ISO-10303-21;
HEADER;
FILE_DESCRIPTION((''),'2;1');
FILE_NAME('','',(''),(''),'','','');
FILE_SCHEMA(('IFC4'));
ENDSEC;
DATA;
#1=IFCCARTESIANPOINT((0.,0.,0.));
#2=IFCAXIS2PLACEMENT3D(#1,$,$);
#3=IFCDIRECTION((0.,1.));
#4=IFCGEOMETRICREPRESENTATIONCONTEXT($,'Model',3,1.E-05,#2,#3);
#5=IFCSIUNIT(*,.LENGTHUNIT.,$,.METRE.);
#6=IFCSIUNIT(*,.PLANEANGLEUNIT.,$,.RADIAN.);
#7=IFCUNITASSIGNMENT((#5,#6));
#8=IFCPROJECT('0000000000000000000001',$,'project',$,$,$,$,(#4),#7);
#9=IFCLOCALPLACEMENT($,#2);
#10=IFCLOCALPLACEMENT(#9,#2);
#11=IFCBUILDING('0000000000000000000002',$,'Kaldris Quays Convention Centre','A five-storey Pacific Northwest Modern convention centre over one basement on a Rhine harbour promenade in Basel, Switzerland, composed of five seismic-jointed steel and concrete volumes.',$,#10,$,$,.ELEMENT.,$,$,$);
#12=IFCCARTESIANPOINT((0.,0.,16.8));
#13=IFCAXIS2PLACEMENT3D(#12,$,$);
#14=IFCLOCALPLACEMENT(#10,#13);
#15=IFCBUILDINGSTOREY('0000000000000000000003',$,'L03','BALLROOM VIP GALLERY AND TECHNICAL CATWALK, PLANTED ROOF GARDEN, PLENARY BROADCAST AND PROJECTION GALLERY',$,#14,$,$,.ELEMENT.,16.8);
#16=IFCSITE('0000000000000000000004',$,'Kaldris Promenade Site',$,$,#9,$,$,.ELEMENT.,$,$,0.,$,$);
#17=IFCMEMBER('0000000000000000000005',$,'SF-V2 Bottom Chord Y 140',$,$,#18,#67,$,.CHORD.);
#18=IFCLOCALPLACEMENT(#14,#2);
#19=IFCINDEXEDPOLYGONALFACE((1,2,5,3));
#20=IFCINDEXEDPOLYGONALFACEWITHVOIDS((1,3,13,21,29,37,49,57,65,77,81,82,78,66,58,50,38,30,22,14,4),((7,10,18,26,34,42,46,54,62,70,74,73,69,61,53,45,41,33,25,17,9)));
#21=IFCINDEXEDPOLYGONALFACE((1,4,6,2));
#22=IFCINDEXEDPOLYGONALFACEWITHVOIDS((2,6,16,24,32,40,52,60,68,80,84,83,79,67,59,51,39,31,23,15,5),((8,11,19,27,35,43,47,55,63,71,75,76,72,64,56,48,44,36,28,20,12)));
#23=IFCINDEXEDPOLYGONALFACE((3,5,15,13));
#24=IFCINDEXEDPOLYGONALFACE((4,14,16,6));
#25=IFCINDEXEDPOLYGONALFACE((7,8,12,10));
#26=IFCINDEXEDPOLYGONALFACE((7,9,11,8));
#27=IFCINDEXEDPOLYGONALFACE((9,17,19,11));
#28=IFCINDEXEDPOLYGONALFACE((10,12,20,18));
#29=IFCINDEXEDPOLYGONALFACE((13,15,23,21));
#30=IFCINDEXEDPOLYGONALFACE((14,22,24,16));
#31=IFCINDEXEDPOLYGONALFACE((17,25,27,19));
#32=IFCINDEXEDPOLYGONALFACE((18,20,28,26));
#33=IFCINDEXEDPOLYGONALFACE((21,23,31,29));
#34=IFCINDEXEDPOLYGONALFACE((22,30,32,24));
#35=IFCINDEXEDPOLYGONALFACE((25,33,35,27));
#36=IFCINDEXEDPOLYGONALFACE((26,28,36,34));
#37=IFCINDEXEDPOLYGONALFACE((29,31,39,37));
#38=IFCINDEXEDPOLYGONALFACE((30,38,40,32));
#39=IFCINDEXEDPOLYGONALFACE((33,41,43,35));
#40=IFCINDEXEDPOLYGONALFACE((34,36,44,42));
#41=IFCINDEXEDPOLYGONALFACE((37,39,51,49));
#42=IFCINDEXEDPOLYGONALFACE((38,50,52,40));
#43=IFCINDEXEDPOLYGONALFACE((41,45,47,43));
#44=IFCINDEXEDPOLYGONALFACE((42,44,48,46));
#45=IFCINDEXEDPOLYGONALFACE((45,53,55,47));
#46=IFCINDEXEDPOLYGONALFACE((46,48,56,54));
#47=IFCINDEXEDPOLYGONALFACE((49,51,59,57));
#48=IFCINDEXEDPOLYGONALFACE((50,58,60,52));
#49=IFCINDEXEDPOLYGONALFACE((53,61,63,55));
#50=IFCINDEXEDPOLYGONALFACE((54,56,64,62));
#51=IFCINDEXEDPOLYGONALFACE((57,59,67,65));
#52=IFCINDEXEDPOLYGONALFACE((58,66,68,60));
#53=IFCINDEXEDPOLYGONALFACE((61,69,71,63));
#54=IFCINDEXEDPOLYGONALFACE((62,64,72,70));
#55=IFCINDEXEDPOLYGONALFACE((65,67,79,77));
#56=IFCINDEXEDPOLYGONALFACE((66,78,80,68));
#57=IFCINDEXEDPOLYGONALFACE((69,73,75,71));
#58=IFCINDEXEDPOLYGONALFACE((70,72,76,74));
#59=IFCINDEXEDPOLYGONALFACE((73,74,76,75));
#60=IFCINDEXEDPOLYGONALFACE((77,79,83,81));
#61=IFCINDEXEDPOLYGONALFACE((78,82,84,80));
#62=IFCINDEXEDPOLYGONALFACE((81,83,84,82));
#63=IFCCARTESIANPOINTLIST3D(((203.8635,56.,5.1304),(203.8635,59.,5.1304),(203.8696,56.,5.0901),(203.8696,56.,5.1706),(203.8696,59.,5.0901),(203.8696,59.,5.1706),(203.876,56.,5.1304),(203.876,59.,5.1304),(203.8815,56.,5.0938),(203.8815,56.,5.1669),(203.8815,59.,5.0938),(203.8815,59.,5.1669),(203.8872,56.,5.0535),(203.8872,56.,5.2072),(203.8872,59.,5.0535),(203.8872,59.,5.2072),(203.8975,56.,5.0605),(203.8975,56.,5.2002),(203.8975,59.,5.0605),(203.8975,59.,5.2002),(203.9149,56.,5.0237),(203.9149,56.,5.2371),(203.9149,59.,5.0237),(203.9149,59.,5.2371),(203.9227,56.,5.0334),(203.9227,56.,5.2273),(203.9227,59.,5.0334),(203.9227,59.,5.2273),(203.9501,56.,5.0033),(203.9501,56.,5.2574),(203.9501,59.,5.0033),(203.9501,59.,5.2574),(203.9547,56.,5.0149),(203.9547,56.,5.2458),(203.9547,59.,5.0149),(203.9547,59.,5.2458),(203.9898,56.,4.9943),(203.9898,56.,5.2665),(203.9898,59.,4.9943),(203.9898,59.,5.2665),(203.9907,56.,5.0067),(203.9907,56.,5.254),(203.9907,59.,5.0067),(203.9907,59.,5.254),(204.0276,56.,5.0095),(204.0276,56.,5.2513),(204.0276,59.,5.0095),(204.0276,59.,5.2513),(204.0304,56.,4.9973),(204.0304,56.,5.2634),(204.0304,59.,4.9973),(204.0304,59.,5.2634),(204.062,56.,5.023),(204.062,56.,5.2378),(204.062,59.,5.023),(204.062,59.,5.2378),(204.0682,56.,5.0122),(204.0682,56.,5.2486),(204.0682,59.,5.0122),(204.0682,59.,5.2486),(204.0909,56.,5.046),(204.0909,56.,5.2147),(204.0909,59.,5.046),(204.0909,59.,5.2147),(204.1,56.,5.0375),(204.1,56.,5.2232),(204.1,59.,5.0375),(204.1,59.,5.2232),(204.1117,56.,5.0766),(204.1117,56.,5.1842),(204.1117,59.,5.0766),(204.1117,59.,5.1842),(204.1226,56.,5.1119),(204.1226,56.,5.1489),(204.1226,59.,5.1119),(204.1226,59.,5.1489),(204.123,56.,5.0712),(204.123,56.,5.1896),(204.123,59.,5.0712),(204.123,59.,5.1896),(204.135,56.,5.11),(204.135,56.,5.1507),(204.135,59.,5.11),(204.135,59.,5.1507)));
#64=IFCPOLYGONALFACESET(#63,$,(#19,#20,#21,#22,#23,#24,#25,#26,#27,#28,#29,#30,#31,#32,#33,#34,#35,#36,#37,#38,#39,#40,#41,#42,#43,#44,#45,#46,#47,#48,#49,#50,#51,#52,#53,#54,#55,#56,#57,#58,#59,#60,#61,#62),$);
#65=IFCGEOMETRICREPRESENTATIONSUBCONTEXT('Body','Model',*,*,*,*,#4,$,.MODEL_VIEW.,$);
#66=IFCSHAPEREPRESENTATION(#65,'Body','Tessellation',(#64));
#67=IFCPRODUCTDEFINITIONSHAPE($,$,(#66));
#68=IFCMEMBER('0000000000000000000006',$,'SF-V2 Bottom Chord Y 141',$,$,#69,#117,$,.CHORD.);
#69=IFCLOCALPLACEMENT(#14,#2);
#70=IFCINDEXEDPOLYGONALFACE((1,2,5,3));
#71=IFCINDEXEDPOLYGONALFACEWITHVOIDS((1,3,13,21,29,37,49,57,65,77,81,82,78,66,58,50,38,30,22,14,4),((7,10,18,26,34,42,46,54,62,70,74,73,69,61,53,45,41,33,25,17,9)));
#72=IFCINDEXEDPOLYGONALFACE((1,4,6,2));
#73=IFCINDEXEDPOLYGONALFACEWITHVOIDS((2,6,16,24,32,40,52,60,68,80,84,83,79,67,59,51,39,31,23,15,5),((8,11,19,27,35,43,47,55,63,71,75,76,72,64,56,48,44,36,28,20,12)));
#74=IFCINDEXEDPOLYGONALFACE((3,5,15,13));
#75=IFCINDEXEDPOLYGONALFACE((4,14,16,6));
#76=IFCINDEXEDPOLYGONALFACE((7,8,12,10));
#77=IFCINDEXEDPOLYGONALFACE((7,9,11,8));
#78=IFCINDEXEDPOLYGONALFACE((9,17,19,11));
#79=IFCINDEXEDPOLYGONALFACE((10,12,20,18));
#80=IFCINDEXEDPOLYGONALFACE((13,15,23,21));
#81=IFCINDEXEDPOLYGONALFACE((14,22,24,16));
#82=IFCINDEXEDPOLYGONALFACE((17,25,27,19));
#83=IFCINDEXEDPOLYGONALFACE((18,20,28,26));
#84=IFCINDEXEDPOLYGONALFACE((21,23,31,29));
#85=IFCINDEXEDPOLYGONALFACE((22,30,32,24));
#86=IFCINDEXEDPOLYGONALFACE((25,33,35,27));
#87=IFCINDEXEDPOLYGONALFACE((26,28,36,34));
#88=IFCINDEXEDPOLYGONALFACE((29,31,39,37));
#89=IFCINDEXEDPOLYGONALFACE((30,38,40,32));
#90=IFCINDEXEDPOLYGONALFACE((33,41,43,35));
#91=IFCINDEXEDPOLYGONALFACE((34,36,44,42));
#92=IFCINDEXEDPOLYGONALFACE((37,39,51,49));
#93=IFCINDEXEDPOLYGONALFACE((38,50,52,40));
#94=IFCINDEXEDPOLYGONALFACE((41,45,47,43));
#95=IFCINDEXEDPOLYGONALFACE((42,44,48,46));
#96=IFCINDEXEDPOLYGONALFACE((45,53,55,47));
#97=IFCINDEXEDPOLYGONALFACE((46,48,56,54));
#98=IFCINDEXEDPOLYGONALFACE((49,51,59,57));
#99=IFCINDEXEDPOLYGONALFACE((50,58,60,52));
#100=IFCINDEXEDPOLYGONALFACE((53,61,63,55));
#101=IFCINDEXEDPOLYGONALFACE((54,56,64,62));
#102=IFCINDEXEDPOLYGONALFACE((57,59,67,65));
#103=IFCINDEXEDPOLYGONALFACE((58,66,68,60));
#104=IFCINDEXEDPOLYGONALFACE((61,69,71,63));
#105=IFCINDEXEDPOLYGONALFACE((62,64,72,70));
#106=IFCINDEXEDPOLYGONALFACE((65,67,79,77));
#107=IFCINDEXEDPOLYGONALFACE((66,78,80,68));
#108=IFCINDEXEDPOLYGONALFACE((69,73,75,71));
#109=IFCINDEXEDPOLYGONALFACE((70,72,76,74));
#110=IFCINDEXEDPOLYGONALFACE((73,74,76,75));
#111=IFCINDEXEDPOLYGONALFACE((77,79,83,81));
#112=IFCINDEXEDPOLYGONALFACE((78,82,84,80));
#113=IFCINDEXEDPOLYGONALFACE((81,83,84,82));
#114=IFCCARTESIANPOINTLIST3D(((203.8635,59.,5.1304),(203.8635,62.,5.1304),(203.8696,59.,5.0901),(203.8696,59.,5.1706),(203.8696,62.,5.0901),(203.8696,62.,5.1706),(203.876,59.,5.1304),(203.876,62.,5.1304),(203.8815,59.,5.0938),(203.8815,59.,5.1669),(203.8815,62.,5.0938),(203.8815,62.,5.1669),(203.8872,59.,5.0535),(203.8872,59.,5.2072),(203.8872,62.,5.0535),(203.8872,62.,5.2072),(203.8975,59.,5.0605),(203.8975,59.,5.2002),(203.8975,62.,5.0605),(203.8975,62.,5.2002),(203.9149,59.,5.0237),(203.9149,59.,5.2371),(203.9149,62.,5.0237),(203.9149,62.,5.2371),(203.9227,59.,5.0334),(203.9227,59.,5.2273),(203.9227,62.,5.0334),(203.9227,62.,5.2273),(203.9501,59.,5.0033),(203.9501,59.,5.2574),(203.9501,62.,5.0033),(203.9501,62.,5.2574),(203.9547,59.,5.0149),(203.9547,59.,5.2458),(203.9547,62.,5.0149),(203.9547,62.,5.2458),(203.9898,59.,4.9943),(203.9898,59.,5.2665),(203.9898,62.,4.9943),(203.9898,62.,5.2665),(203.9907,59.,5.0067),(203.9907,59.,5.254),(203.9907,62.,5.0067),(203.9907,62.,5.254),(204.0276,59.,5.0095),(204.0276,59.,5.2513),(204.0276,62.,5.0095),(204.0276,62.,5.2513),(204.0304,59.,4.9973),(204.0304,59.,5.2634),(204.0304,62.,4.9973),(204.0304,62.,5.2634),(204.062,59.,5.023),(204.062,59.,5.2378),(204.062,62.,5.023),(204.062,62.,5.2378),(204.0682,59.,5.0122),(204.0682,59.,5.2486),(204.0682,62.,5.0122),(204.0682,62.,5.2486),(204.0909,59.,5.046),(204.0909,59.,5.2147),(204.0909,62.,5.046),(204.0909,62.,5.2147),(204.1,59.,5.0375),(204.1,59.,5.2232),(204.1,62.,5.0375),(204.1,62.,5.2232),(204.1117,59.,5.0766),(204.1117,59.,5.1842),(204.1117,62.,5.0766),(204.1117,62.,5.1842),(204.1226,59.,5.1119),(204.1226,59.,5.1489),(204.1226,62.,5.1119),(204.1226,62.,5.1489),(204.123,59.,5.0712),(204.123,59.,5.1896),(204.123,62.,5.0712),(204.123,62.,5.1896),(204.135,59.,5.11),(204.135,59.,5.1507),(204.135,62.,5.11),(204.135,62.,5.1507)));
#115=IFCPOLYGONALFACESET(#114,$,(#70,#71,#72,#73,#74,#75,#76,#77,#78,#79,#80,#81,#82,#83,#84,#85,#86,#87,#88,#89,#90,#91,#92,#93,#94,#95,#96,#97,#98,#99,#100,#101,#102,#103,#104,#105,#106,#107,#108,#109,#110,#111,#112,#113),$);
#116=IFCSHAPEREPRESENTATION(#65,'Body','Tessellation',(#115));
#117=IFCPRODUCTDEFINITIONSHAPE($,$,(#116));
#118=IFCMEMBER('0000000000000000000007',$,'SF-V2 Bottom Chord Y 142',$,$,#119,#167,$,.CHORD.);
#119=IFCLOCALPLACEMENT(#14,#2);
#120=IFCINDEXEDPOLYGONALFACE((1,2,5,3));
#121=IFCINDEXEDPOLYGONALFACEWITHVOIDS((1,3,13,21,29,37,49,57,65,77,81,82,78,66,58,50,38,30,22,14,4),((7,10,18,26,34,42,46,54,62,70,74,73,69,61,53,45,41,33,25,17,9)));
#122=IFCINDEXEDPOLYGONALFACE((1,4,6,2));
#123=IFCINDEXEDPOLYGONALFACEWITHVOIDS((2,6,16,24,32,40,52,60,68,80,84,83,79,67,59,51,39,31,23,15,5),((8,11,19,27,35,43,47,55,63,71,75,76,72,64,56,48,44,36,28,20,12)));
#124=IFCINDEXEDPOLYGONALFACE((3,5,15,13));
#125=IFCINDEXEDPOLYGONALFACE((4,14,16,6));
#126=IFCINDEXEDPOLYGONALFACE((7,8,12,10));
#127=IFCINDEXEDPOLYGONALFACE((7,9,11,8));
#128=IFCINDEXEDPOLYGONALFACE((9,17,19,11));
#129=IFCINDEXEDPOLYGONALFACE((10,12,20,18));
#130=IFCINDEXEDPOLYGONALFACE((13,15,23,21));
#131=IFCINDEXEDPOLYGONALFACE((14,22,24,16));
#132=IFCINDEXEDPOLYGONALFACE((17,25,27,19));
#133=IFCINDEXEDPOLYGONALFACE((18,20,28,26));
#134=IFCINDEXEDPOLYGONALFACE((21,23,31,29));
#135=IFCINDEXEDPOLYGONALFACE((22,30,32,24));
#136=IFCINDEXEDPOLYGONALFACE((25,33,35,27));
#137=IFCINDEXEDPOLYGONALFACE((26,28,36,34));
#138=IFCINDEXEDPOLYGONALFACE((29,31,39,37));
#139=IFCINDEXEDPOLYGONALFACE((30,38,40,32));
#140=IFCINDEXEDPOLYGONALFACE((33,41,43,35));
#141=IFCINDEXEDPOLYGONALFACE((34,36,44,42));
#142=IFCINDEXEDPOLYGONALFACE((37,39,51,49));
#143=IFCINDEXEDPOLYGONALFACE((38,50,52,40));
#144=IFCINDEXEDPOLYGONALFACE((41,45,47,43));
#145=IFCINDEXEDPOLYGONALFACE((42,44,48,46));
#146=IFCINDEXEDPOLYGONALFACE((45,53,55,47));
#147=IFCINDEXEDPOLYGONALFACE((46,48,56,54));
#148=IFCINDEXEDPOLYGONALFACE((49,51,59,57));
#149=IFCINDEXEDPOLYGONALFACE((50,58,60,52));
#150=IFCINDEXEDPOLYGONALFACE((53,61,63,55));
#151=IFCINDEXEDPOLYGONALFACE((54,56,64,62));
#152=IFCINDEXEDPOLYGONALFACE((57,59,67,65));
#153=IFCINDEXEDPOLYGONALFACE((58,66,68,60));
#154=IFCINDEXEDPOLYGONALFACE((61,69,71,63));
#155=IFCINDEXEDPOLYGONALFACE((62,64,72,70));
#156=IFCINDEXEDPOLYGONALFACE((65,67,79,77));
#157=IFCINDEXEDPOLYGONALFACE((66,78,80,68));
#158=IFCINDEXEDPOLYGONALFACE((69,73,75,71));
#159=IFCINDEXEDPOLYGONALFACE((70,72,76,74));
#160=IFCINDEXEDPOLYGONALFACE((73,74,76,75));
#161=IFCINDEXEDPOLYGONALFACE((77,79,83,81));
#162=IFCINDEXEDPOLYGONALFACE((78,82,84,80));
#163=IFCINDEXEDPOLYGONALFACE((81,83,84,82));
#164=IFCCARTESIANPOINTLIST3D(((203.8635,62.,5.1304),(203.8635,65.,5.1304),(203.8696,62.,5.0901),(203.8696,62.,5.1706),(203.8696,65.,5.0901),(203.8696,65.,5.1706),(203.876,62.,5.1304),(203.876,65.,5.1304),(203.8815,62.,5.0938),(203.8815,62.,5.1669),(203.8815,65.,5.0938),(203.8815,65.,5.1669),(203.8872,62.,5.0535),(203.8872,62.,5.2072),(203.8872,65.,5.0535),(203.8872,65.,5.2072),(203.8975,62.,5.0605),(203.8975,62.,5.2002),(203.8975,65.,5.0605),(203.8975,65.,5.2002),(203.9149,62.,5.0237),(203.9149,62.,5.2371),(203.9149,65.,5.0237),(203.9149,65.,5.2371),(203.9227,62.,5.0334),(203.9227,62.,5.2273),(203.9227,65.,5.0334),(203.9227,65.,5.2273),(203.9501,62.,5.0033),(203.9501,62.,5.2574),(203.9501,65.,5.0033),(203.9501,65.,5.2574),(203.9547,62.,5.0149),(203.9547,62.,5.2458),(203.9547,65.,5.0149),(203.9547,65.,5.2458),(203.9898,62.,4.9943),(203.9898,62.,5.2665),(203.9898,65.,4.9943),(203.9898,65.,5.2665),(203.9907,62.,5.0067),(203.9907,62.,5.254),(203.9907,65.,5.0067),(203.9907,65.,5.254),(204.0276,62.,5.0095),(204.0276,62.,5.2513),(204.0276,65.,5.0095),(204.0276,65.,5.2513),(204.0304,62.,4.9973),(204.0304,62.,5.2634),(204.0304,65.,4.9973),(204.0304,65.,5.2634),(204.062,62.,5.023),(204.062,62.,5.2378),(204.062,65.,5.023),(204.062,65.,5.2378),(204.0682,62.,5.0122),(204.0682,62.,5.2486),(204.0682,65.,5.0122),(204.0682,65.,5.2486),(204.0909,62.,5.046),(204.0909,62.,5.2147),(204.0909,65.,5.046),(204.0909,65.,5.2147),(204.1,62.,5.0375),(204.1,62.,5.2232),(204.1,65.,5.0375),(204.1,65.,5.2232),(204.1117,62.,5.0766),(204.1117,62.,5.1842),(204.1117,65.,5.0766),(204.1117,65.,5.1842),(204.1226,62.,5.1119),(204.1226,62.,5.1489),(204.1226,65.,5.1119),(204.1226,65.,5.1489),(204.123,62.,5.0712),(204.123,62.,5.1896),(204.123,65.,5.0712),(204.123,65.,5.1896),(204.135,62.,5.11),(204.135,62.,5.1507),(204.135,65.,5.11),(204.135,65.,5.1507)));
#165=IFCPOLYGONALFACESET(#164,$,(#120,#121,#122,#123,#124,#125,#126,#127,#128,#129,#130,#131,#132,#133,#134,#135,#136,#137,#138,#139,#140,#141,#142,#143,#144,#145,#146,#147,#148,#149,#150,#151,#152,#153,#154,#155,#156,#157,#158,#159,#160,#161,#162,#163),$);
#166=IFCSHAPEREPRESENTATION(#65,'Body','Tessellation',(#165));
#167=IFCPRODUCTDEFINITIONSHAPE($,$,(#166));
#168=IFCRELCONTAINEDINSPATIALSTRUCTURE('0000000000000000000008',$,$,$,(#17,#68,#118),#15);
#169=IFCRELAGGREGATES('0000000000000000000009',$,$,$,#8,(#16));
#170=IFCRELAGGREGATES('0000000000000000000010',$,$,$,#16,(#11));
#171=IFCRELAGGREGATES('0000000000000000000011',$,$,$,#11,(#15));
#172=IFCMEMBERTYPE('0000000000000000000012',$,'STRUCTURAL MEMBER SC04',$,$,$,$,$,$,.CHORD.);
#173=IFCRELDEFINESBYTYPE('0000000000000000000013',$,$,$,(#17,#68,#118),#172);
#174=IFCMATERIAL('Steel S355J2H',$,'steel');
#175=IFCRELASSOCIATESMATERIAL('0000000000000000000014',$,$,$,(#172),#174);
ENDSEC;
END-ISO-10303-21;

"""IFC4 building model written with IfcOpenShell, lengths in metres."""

from ifc_helpers import new_model, si_unit, direction, frame, origin, origin_2d, place, context, subcontext, project, spatial, hollow_circle, extrude, material, material_profile, profile_set, type_object, element, save


model = new_model("IFC4")

# Units and contexts
model_context = context("Model", 3, precision=1e-05, world=origin(), true_north=direction((0.0, 1.0)))
body_context = subcontext(model_context, "Body", "Model", "MODEL_VIEW")
ifc_project = project(units=[si_unit("LENGTHUNIT", "METRE"), si_unit("PLANEANGLEUNIT", "RADIAN")], contexts=[model_context])

# Site, building, storey
site_placement = place(None, origin())
site = spatial("IfcSite", under=ifc_project, at=site_placement, Name="Kaldris Promenade Site", CompositionType="ELEMENT", RefElevation=0.0)
building_placement = place(site_placement, origin())
building = spatial("IfcBuilding", under=site, at=building_placement, Name="Kaldris Quays Convention Centre", Description="A five-storey Pacific Northwest Modern convention centre over one basement on a Rhine harbour promenade in Basel, Switzerland, composed of five seismic-jointed steel and concrete volumes.", CompositionType="ELEMENT")
storey_placement = place(building_placement, frame((0.0, 0.0, 16.8)))
storey = spatial("IfcBuildingStorey", under=building, at=storey_placement, Name="L03", Description="BALLROOM VIP GALLERY AND TECHNICAL CATWALK, PLANTED ROOF GARDEN, PLENARY BROADCAST AND PROJECTION GALLERY", CompositionType="ELEMENT", Elevation=16.8)

# Members
ifc_material_1 = material(Name="Steel S355J2H", Category="steel")
ifc_material_profile_1 = material_profile(ifc_material_1, hollow_circle(Radius=0.1365, WallThickness=0.0125, at=origin_2d()), Name="CHS 273x12.5")
ifc_profile_set_1 = profile_set([ifc_material_profile_1], Name="Steel S355J2H")
member_type_1 = type_object("IfcMemberType", Name="STRUCTURAL MEMBER SC04", PredefinedType="CHORD", material=ifc_profile_set_1)
for number, where, z_axis, x_axis, name in (
    (1, (204.0, 56.0, 5.1304), (0.0, 1.0, 0.0), (-1.0, 0.0, 0.0), "SF-V2 Bottom Chord Y 140"),
    (2, (204.0, 59.0, 5.1304), (0.0, 1.0, 0.0), (-1.0, 0.0, 0.0), "SF-V2 Bottom Chord Y 141"),
    (3, (204.0, 62.0, 5.1304), (0.0, 1.0, 0.0), (-1.0, 0.0, 0.0), "SF-V2 Bottom Chord Y 142"),
):
    element("IfcMember", number, at=place(storey_placement, frame(where, z_axis=z_axis, x_axis=x_axis)), inside=storey, type_object=member_type_1, Name=name, PredefinedType="CHORD", context=body_context, shape_type="SweptSolid", body=[
        extrude(hollow_circle(Radius=0.1365, WallThickness=0.0125, at=origin_2d()), origin(), (0.0, 0.0, 1.0), 3.0),
    ])

save(model, "model.ifc")
